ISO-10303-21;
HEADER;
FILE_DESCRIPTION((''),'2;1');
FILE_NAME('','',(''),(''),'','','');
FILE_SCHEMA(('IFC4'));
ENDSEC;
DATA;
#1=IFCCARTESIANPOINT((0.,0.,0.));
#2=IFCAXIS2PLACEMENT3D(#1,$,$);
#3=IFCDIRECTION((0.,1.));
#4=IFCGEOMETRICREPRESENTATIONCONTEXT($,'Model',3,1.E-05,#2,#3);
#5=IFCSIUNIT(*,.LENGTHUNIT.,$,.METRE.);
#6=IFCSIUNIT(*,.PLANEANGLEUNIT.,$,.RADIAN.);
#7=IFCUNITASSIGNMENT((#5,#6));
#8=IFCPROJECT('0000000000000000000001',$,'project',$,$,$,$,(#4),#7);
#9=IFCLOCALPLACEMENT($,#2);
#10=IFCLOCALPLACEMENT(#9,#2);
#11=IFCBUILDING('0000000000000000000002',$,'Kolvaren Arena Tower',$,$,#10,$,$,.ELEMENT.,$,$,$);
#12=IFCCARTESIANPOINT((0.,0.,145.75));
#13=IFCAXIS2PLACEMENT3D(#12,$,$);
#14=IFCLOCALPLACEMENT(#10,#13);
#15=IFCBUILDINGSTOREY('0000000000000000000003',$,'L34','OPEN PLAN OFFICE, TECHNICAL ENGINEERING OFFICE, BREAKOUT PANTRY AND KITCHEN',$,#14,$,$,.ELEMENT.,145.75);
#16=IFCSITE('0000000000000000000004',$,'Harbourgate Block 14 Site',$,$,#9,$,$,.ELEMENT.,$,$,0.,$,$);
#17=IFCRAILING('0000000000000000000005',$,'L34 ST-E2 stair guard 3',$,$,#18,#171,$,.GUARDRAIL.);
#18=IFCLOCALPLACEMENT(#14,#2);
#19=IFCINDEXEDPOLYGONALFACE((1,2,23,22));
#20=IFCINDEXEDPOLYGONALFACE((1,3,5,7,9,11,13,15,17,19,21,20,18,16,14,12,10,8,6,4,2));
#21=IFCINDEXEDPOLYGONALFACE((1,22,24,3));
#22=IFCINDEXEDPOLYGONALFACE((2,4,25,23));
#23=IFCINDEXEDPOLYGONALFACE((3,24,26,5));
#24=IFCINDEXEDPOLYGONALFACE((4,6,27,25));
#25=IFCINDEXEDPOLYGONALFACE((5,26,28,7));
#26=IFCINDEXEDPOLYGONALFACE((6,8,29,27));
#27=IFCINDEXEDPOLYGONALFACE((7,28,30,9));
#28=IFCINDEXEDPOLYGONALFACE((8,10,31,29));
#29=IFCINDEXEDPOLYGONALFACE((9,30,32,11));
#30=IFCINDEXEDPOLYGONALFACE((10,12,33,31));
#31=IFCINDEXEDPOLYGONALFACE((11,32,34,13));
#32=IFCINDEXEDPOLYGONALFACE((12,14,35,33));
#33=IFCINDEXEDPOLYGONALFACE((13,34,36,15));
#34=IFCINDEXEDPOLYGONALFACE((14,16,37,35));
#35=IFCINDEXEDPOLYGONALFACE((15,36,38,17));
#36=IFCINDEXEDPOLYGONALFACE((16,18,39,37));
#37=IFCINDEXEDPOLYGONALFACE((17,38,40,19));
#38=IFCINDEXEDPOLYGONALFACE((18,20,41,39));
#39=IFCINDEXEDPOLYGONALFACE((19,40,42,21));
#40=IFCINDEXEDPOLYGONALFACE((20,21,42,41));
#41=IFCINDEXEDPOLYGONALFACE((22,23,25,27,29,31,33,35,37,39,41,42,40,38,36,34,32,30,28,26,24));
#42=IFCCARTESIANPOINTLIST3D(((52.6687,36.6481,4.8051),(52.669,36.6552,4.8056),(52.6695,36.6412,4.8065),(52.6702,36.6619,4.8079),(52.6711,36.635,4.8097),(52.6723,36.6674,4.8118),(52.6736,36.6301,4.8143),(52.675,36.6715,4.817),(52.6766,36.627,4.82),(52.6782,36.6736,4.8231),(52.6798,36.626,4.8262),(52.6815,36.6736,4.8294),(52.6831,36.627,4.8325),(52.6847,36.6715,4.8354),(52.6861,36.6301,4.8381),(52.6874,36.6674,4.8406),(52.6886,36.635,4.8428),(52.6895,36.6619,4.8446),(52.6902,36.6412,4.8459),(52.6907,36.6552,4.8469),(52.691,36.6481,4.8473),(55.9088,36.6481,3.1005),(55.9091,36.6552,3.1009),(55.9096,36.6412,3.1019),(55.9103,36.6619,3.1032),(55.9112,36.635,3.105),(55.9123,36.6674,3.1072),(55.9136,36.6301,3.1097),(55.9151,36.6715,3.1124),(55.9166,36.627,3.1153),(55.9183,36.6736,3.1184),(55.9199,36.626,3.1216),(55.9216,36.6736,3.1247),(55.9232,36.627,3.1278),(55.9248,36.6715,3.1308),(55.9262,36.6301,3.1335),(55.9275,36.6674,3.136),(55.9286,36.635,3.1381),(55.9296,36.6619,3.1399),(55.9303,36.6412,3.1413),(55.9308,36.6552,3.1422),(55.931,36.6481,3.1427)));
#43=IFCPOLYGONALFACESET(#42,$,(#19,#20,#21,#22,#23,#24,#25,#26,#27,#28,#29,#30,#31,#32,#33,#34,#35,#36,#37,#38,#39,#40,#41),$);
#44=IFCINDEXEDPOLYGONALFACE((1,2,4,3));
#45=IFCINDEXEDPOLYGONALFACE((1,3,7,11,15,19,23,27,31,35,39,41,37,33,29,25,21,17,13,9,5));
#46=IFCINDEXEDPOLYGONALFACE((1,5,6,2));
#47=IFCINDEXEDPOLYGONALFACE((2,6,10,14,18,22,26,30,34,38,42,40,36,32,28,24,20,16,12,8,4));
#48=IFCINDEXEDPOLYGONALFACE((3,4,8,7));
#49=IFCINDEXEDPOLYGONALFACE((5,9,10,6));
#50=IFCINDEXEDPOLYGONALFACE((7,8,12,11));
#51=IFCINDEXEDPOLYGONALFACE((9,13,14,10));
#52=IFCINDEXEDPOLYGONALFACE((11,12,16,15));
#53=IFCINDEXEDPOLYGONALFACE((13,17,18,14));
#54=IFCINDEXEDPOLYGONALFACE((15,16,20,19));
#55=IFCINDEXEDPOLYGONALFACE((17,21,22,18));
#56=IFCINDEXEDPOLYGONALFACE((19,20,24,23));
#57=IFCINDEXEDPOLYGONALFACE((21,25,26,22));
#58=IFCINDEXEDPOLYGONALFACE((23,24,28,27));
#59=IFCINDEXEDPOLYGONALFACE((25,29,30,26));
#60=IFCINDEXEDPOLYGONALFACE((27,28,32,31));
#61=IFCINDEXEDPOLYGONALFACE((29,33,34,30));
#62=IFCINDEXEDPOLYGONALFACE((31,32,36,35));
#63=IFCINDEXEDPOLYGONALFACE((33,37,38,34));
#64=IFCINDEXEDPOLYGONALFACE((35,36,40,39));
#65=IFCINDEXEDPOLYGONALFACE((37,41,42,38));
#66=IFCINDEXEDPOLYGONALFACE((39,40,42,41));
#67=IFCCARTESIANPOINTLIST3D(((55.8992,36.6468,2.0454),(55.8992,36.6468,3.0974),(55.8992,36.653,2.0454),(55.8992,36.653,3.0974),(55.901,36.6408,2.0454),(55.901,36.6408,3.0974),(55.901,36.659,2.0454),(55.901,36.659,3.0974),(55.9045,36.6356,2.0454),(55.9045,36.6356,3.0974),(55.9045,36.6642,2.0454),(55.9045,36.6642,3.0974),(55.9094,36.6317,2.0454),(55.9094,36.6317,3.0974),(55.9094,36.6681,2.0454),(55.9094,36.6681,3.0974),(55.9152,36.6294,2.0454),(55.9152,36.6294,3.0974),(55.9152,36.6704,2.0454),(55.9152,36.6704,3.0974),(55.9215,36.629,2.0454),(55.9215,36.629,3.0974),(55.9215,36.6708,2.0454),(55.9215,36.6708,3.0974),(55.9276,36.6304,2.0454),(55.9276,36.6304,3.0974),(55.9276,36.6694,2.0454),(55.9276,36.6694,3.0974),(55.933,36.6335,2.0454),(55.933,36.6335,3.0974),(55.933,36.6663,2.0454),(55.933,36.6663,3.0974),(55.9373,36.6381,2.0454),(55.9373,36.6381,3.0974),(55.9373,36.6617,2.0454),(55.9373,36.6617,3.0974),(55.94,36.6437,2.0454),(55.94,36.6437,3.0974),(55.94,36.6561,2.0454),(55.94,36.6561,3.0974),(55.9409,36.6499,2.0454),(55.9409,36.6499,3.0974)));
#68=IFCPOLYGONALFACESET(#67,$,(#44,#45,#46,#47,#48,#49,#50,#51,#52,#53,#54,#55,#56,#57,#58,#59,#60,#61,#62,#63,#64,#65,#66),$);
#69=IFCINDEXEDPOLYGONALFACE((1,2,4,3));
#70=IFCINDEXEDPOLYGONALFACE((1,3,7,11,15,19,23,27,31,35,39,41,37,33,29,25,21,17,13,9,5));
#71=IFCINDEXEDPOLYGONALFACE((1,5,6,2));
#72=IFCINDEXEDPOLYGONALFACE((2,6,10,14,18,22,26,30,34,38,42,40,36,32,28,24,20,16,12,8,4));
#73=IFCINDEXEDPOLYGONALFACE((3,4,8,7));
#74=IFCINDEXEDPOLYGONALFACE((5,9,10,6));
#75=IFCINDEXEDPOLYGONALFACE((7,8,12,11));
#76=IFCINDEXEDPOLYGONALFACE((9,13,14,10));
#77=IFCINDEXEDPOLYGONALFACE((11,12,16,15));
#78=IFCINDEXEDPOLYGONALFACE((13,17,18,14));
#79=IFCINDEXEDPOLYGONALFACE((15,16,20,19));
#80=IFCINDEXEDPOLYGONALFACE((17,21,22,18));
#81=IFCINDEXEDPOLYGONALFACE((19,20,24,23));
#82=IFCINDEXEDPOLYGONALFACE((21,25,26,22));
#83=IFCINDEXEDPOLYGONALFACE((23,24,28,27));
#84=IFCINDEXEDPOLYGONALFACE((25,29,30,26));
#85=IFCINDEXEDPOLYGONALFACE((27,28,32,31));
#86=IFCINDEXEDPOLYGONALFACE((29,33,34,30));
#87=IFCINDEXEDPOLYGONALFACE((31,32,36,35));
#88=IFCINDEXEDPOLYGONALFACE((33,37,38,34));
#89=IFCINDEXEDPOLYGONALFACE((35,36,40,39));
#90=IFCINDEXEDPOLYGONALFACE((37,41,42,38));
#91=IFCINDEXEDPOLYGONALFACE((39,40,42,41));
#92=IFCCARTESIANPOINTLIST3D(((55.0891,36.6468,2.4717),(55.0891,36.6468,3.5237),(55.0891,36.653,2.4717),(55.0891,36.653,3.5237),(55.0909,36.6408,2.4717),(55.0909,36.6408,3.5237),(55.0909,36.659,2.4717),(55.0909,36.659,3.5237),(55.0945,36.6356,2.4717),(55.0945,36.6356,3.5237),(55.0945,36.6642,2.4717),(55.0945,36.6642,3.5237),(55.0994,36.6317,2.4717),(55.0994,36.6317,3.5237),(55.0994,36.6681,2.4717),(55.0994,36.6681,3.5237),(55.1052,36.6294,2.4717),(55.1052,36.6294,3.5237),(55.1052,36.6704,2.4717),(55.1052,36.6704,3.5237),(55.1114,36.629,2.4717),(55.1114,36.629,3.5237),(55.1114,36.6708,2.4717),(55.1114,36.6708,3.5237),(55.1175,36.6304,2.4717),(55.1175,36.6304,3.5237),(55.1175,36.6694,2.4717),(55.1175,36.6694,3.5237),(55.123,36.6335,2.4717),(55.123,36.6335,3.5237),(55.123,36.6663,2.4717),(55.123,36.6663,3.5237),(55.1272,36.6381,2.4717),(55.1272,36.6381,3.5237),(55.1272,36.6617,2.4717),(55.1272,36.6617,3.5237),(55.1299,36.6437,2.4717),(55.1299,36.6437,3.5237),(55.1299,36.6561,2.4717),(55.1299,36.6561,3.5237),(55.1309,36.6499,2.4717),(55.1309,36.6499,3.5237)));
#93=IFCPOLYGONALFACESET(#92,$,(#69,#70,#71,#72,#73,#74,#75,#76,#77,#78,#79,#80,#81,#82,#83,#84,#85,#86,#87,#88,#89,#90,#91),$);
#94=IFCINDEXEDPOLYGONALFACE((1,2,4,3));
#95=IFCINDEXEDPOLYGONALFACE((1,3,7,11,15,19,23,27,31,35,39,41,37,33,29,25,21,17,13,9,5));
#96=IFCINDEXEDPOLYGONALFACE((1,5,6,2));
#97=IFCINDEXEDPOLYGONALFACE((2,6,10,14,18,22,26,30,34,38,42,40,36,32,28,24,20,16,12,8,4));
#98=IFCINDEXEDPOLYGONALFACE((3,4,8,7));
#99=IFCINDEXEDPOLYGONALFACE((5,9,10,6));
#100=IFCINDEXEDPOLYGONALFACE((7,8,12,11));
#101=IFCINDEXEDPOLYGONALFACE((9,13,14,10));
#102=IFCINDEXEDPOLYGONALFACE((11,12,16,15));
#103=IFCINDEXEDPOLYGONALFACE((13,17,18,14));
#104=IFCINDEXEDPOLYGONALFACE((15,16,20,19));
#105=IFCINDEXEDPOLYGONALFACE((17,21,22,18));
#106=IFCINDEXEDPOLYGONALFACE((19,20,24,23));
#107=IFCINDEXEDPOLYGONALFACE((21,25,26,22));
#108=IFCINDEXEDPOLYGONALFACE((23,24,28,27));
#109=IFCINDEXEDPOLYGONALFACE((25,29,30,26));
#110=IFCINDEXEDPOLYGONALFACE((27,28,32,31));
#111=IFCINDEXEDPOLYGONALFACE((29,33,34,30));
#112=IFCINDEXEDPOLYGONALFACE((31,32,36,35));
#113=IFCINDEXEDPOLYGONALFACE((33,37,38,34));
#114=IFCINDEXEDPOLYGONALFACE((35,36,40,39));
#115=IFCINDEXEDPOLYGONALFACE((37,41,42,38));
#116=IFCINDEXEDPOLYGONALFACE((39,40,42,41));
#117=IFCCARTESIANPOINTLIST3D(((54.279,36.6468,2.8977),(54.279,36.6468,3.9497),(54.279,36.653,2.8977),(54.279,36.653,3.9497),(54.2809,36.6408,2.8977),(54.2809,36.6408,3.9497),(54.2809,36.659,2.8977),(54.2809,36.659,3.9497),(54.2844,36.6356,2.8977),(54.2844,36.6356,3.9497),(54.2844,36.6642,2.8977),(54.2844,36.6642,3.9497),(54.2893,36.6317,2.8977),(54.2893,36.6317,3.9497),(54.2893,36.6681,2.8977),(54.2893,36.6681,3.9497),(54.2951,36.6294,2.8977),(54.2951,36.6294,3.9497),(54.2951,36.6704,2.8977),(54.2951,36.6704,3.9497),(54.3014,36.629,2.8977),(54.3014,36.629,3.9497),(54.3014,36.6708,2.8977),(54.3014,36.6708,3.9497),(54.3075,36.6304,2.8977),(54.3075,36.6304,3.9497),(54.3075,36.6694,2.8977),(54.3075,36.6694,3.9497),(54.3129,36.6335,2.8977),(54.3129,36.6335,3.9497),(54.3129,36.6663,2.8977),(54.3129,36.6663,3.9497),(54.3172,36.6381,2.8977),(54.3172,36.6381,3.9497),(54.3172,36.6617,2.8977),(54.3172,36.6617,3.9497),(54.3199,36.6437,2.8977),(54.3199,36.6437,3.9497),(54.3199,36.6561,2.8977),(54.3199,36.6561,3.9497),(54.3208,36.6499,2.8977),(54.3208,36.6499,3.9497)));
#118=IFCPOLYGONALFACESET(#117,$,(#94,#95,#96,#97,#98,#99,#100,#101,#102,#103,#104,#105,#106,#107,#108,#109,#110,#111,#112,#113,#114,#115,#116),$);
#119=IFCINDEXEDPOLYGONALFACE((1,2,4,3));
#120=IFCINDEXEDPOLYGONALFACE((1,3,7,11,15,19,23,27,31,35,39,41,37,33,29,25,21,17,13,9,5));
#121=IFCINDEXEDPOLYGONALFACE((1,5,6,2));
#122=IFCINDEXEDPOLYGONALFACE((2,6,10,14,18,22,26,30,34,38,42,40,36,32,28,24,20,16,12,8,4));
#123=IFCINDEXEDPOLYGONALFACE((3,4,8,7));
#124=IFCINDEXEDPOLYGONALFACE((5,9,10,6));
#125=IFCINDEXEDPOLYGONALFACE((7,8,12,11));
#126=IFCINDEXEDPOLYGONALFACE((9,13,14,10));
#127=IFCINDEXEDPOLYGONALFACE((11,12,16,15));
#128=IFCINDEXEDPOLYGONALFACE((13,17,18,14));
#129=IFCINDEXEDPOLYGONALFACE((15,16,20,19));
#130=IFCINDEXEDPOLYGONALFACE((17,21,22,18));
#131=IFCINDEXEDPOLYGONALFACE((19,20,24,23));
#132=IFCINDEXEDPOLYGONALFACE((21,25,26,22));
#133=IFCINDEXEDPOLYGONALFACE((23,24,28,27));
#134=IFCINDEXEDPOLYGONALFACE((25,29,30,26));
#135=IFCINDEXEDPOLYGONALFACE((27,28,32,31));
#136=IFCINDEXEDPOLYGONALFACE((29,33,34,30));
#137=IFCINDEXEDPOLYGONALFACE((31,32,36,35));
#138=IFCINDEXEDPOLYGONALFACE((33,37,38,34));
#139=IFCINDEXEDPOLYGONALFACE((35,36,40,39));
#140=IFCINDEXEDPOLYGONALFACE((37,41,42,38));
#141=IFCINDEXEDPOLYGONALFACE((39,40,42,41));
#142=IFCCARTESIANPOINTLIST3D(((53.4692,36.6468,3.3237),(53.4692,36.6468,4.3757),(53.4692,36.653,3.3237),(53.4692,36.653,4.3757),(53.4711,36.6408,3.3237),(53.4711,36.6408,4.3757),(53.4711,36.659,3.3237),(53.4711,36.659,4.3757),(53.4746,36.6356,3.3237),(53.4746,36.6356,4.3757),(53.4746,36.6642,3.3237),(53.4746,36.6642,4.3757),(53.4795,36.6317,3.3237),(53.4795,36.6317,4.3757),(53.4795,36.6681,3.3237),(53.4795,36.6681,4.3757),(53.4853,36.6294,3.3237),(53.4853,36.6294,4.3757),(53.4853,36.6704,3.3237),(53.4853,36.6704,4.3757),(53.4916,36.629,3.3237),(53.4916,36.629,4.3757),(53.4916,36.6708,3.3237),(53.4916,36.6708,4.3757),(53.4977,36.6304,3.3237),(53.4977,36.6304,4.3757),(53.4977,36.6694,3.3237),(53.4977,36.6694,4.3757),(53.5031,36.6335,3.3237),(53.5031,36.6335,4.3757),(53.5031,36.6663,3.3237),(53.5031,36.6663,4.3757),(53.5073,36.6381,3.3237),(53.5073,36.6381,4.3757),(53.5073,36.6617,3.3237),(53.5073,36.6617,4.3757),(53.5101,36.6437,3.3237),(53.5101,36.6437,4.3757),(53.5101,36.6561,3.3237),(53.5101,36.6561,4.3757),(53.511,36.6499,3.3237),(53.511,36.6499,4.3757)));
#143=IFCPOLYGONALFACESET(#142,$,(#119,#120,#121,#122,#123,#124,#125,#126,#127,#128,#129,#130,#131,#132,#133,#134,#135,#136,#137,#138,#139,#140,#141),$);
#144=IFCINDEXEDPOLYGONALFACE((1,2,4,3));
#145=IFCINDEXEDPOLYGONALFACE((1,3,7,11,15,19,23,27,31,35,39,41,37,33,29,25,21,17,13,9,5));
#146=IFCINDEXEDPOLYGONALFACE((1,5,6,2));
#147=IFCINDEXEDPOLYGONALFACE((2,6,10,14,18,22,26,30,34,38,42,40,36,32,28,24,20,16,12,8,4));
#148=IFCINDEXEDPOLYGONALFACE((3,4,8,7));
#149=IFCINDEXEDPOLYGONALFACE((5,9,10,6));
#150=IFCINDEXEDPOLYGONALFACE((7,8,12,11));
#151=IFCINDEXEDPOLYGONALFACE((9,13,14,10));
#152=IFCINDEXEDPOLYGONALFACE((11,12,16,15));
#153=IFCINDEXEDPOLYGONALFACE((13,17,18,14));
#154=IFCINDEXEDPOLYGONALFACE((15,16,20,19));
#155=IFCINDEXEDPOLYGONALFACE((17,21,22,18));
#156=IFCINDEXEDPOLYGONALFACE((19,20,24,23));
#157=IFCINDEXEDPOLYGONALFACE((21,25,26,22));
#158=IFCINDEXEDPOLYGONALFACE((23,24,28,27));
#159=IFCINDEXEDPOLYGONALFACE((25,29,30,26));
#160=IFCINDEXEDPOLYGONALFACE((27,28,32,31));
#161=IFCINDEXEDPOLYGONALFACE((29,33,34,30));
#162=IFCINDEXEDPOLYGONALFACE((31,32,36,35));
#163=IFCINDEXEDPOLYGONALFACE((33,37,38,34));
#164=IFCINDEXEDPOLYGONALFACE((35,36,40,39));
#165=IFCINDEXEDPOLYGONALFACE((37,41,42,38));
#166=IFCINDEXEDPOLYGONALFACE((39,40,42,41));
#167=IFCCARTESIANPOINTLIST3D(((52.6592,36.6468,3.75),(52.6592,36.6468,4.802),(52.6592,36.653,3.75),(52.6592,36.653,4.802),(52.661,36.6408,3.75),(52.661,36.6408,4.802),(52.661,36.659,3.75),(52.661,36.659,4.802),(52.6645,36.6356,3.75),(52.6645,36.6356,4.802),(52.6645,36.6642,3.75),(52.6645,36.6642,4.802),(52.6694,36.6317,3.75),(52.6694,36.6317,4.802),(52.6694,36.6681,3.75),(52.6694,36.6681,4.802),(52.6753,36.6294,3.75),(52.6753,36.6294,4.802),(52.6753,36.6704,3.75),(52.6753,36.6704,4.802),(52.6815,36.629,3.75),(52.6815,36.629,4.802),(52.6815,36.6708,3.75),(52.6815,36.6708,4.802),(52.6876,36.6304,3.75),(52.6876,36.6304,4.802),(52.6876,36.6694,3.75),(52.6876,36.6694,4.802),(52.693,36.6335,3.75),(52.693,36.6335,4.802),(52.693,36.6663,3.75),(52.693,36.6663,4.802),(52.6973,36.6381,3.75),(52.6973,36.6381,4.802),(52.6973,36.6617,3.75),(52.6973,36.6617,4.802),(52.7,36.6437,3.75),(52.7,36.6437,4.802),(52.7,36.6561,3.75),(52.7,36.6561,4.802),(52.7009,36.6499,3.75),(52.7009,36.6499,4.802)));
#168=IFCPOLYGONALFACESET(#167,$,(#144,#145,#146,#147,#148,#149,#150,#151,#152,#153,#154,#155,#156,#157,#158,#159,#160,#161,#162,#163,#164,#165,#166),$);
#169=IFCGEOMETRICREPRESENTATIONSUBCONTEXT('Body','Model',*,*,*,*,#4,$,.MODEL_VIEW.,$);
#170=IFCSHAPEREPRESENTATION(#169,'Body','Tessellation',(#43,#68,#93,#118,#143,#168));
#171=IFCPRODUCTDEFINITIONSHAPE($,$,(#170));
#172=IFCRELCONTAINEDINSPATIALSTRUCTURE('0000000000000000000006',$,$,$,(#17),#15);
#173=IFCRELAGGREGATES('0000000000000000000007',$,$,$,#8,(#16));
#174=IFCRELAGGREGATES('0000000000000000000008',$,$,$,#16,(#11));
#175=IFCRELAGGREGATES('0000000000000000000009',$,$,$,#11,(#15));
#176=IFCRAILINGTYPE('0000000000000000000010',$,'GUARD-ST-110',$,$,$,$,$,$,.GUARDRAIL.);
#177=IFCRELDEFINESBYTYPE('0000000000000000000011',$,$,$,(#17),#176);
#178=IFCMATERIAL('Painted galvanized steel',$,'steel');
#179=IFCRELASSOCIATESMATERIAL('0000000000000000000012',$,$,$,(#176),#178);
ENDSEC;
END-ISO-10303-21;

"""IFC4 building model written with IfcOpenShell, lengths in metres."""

from ifc_helpers import new_model, si_unit, direction, frame, origin, origin_2d, place, context, subcontext, project, spatial, circle, extrude, material, type_object, element, save


model = new_model("IFC4")

# Units and contexts
model_context = context("Model", 3, precision=1e-05, world=origin(), true_north=direction((0.0, 1.0)))
body_context = subcontext(model_context, "Body", "Model", "MODEL_VIEW")
ifc_project = project(units=[si_unit("LENGTHUNIT", "METRE"), si_unit("PLANEANGLEUNIT", "RADIAN")], contexts=[model_context])

# Site, building, storey
site_placement = place(None, origin())
site = spatial("IfcSite", under=ifc_project, at=site_placement, Name="Harbourgate Block 14 Site", CompositionType="ELEMENT", RefElevation=0.0)
building_placement = place(site_placement, origin())
building = spatial("IfcBuilding", under=site, at=building_placement, Name="Kolvaren Arena Tower", CompositionType="ELEMENT")
storey_placement = place(building_placement, frame((0.0, 0.0, 145.75)))
storey = spatial("IfcBuildingStorey", under=building, at=storey_placement, Name="L34", Description="OPEN PLAN OFFICE, TECHNICAL ENGINEERING OFFICE, BREAKOUT PANTRY AND KITCHEN", CompositionType="ELEMENT", Elevation=145.75)

# Railing
ifc_material_1 = material(Name="Painted galvanized steel", Category="steel")
railing_type_1 = type_object("IfcRailingType", Name="GUARD-ST-110", PredefinedType="GUARDRAIL", material=ifc_material_1)
railing_1_placement = place(storey_placement, frame((55.9199, 36.6499, 2.0454)))
element("IfcRailing", 1, at=railing_1_placement, inside=storey, type_object=railing_type_1, Name="L34 ST-E2 stair guard 3", PredefinedType="GUARDRAIL", context=body_context, shape_type="SweptSolid", body=[
    extrude(circle(Radius=0.0239, at=origin_2d()), frame((0.0, 0.0, 1.0762), z_axis=(-0.884993, 0.0, 0.465604), x_axis=(0.0, -1.0, 0.0)), (0.0, 0.0, 1.0), 3.6611),
    extrude(circle(Radius=0.021, at=origin_2d()), origin(), (0.0, 0.0, 1.0), 1.052),
    extrude(circle(Radius=0.021, at=origin_2d()), frame((-0.8101, 0.0, 0.4263)), (0.0, 0.0, 1.0), 1.052),
    extrude(circle(Radius=0.021, at=origin_2d()), frame((-1.6201, 0.0, 0.8523)), (0.0, 0.0, 1.0), 1.052),
    extrude(circle(Radius=0.021, at=origin_2d()), frame((-2.4299, 0.0, 1.2783)), (0.0, 0.0, 1.0), 1.052),
    extrude(circle(Radius=0.021, at=origin_2d()), frame((-3.24, 0.0, 1.7046)), (0.0, 0.0, 1.0), 1.052),
])

save(model, "model.ifc")
